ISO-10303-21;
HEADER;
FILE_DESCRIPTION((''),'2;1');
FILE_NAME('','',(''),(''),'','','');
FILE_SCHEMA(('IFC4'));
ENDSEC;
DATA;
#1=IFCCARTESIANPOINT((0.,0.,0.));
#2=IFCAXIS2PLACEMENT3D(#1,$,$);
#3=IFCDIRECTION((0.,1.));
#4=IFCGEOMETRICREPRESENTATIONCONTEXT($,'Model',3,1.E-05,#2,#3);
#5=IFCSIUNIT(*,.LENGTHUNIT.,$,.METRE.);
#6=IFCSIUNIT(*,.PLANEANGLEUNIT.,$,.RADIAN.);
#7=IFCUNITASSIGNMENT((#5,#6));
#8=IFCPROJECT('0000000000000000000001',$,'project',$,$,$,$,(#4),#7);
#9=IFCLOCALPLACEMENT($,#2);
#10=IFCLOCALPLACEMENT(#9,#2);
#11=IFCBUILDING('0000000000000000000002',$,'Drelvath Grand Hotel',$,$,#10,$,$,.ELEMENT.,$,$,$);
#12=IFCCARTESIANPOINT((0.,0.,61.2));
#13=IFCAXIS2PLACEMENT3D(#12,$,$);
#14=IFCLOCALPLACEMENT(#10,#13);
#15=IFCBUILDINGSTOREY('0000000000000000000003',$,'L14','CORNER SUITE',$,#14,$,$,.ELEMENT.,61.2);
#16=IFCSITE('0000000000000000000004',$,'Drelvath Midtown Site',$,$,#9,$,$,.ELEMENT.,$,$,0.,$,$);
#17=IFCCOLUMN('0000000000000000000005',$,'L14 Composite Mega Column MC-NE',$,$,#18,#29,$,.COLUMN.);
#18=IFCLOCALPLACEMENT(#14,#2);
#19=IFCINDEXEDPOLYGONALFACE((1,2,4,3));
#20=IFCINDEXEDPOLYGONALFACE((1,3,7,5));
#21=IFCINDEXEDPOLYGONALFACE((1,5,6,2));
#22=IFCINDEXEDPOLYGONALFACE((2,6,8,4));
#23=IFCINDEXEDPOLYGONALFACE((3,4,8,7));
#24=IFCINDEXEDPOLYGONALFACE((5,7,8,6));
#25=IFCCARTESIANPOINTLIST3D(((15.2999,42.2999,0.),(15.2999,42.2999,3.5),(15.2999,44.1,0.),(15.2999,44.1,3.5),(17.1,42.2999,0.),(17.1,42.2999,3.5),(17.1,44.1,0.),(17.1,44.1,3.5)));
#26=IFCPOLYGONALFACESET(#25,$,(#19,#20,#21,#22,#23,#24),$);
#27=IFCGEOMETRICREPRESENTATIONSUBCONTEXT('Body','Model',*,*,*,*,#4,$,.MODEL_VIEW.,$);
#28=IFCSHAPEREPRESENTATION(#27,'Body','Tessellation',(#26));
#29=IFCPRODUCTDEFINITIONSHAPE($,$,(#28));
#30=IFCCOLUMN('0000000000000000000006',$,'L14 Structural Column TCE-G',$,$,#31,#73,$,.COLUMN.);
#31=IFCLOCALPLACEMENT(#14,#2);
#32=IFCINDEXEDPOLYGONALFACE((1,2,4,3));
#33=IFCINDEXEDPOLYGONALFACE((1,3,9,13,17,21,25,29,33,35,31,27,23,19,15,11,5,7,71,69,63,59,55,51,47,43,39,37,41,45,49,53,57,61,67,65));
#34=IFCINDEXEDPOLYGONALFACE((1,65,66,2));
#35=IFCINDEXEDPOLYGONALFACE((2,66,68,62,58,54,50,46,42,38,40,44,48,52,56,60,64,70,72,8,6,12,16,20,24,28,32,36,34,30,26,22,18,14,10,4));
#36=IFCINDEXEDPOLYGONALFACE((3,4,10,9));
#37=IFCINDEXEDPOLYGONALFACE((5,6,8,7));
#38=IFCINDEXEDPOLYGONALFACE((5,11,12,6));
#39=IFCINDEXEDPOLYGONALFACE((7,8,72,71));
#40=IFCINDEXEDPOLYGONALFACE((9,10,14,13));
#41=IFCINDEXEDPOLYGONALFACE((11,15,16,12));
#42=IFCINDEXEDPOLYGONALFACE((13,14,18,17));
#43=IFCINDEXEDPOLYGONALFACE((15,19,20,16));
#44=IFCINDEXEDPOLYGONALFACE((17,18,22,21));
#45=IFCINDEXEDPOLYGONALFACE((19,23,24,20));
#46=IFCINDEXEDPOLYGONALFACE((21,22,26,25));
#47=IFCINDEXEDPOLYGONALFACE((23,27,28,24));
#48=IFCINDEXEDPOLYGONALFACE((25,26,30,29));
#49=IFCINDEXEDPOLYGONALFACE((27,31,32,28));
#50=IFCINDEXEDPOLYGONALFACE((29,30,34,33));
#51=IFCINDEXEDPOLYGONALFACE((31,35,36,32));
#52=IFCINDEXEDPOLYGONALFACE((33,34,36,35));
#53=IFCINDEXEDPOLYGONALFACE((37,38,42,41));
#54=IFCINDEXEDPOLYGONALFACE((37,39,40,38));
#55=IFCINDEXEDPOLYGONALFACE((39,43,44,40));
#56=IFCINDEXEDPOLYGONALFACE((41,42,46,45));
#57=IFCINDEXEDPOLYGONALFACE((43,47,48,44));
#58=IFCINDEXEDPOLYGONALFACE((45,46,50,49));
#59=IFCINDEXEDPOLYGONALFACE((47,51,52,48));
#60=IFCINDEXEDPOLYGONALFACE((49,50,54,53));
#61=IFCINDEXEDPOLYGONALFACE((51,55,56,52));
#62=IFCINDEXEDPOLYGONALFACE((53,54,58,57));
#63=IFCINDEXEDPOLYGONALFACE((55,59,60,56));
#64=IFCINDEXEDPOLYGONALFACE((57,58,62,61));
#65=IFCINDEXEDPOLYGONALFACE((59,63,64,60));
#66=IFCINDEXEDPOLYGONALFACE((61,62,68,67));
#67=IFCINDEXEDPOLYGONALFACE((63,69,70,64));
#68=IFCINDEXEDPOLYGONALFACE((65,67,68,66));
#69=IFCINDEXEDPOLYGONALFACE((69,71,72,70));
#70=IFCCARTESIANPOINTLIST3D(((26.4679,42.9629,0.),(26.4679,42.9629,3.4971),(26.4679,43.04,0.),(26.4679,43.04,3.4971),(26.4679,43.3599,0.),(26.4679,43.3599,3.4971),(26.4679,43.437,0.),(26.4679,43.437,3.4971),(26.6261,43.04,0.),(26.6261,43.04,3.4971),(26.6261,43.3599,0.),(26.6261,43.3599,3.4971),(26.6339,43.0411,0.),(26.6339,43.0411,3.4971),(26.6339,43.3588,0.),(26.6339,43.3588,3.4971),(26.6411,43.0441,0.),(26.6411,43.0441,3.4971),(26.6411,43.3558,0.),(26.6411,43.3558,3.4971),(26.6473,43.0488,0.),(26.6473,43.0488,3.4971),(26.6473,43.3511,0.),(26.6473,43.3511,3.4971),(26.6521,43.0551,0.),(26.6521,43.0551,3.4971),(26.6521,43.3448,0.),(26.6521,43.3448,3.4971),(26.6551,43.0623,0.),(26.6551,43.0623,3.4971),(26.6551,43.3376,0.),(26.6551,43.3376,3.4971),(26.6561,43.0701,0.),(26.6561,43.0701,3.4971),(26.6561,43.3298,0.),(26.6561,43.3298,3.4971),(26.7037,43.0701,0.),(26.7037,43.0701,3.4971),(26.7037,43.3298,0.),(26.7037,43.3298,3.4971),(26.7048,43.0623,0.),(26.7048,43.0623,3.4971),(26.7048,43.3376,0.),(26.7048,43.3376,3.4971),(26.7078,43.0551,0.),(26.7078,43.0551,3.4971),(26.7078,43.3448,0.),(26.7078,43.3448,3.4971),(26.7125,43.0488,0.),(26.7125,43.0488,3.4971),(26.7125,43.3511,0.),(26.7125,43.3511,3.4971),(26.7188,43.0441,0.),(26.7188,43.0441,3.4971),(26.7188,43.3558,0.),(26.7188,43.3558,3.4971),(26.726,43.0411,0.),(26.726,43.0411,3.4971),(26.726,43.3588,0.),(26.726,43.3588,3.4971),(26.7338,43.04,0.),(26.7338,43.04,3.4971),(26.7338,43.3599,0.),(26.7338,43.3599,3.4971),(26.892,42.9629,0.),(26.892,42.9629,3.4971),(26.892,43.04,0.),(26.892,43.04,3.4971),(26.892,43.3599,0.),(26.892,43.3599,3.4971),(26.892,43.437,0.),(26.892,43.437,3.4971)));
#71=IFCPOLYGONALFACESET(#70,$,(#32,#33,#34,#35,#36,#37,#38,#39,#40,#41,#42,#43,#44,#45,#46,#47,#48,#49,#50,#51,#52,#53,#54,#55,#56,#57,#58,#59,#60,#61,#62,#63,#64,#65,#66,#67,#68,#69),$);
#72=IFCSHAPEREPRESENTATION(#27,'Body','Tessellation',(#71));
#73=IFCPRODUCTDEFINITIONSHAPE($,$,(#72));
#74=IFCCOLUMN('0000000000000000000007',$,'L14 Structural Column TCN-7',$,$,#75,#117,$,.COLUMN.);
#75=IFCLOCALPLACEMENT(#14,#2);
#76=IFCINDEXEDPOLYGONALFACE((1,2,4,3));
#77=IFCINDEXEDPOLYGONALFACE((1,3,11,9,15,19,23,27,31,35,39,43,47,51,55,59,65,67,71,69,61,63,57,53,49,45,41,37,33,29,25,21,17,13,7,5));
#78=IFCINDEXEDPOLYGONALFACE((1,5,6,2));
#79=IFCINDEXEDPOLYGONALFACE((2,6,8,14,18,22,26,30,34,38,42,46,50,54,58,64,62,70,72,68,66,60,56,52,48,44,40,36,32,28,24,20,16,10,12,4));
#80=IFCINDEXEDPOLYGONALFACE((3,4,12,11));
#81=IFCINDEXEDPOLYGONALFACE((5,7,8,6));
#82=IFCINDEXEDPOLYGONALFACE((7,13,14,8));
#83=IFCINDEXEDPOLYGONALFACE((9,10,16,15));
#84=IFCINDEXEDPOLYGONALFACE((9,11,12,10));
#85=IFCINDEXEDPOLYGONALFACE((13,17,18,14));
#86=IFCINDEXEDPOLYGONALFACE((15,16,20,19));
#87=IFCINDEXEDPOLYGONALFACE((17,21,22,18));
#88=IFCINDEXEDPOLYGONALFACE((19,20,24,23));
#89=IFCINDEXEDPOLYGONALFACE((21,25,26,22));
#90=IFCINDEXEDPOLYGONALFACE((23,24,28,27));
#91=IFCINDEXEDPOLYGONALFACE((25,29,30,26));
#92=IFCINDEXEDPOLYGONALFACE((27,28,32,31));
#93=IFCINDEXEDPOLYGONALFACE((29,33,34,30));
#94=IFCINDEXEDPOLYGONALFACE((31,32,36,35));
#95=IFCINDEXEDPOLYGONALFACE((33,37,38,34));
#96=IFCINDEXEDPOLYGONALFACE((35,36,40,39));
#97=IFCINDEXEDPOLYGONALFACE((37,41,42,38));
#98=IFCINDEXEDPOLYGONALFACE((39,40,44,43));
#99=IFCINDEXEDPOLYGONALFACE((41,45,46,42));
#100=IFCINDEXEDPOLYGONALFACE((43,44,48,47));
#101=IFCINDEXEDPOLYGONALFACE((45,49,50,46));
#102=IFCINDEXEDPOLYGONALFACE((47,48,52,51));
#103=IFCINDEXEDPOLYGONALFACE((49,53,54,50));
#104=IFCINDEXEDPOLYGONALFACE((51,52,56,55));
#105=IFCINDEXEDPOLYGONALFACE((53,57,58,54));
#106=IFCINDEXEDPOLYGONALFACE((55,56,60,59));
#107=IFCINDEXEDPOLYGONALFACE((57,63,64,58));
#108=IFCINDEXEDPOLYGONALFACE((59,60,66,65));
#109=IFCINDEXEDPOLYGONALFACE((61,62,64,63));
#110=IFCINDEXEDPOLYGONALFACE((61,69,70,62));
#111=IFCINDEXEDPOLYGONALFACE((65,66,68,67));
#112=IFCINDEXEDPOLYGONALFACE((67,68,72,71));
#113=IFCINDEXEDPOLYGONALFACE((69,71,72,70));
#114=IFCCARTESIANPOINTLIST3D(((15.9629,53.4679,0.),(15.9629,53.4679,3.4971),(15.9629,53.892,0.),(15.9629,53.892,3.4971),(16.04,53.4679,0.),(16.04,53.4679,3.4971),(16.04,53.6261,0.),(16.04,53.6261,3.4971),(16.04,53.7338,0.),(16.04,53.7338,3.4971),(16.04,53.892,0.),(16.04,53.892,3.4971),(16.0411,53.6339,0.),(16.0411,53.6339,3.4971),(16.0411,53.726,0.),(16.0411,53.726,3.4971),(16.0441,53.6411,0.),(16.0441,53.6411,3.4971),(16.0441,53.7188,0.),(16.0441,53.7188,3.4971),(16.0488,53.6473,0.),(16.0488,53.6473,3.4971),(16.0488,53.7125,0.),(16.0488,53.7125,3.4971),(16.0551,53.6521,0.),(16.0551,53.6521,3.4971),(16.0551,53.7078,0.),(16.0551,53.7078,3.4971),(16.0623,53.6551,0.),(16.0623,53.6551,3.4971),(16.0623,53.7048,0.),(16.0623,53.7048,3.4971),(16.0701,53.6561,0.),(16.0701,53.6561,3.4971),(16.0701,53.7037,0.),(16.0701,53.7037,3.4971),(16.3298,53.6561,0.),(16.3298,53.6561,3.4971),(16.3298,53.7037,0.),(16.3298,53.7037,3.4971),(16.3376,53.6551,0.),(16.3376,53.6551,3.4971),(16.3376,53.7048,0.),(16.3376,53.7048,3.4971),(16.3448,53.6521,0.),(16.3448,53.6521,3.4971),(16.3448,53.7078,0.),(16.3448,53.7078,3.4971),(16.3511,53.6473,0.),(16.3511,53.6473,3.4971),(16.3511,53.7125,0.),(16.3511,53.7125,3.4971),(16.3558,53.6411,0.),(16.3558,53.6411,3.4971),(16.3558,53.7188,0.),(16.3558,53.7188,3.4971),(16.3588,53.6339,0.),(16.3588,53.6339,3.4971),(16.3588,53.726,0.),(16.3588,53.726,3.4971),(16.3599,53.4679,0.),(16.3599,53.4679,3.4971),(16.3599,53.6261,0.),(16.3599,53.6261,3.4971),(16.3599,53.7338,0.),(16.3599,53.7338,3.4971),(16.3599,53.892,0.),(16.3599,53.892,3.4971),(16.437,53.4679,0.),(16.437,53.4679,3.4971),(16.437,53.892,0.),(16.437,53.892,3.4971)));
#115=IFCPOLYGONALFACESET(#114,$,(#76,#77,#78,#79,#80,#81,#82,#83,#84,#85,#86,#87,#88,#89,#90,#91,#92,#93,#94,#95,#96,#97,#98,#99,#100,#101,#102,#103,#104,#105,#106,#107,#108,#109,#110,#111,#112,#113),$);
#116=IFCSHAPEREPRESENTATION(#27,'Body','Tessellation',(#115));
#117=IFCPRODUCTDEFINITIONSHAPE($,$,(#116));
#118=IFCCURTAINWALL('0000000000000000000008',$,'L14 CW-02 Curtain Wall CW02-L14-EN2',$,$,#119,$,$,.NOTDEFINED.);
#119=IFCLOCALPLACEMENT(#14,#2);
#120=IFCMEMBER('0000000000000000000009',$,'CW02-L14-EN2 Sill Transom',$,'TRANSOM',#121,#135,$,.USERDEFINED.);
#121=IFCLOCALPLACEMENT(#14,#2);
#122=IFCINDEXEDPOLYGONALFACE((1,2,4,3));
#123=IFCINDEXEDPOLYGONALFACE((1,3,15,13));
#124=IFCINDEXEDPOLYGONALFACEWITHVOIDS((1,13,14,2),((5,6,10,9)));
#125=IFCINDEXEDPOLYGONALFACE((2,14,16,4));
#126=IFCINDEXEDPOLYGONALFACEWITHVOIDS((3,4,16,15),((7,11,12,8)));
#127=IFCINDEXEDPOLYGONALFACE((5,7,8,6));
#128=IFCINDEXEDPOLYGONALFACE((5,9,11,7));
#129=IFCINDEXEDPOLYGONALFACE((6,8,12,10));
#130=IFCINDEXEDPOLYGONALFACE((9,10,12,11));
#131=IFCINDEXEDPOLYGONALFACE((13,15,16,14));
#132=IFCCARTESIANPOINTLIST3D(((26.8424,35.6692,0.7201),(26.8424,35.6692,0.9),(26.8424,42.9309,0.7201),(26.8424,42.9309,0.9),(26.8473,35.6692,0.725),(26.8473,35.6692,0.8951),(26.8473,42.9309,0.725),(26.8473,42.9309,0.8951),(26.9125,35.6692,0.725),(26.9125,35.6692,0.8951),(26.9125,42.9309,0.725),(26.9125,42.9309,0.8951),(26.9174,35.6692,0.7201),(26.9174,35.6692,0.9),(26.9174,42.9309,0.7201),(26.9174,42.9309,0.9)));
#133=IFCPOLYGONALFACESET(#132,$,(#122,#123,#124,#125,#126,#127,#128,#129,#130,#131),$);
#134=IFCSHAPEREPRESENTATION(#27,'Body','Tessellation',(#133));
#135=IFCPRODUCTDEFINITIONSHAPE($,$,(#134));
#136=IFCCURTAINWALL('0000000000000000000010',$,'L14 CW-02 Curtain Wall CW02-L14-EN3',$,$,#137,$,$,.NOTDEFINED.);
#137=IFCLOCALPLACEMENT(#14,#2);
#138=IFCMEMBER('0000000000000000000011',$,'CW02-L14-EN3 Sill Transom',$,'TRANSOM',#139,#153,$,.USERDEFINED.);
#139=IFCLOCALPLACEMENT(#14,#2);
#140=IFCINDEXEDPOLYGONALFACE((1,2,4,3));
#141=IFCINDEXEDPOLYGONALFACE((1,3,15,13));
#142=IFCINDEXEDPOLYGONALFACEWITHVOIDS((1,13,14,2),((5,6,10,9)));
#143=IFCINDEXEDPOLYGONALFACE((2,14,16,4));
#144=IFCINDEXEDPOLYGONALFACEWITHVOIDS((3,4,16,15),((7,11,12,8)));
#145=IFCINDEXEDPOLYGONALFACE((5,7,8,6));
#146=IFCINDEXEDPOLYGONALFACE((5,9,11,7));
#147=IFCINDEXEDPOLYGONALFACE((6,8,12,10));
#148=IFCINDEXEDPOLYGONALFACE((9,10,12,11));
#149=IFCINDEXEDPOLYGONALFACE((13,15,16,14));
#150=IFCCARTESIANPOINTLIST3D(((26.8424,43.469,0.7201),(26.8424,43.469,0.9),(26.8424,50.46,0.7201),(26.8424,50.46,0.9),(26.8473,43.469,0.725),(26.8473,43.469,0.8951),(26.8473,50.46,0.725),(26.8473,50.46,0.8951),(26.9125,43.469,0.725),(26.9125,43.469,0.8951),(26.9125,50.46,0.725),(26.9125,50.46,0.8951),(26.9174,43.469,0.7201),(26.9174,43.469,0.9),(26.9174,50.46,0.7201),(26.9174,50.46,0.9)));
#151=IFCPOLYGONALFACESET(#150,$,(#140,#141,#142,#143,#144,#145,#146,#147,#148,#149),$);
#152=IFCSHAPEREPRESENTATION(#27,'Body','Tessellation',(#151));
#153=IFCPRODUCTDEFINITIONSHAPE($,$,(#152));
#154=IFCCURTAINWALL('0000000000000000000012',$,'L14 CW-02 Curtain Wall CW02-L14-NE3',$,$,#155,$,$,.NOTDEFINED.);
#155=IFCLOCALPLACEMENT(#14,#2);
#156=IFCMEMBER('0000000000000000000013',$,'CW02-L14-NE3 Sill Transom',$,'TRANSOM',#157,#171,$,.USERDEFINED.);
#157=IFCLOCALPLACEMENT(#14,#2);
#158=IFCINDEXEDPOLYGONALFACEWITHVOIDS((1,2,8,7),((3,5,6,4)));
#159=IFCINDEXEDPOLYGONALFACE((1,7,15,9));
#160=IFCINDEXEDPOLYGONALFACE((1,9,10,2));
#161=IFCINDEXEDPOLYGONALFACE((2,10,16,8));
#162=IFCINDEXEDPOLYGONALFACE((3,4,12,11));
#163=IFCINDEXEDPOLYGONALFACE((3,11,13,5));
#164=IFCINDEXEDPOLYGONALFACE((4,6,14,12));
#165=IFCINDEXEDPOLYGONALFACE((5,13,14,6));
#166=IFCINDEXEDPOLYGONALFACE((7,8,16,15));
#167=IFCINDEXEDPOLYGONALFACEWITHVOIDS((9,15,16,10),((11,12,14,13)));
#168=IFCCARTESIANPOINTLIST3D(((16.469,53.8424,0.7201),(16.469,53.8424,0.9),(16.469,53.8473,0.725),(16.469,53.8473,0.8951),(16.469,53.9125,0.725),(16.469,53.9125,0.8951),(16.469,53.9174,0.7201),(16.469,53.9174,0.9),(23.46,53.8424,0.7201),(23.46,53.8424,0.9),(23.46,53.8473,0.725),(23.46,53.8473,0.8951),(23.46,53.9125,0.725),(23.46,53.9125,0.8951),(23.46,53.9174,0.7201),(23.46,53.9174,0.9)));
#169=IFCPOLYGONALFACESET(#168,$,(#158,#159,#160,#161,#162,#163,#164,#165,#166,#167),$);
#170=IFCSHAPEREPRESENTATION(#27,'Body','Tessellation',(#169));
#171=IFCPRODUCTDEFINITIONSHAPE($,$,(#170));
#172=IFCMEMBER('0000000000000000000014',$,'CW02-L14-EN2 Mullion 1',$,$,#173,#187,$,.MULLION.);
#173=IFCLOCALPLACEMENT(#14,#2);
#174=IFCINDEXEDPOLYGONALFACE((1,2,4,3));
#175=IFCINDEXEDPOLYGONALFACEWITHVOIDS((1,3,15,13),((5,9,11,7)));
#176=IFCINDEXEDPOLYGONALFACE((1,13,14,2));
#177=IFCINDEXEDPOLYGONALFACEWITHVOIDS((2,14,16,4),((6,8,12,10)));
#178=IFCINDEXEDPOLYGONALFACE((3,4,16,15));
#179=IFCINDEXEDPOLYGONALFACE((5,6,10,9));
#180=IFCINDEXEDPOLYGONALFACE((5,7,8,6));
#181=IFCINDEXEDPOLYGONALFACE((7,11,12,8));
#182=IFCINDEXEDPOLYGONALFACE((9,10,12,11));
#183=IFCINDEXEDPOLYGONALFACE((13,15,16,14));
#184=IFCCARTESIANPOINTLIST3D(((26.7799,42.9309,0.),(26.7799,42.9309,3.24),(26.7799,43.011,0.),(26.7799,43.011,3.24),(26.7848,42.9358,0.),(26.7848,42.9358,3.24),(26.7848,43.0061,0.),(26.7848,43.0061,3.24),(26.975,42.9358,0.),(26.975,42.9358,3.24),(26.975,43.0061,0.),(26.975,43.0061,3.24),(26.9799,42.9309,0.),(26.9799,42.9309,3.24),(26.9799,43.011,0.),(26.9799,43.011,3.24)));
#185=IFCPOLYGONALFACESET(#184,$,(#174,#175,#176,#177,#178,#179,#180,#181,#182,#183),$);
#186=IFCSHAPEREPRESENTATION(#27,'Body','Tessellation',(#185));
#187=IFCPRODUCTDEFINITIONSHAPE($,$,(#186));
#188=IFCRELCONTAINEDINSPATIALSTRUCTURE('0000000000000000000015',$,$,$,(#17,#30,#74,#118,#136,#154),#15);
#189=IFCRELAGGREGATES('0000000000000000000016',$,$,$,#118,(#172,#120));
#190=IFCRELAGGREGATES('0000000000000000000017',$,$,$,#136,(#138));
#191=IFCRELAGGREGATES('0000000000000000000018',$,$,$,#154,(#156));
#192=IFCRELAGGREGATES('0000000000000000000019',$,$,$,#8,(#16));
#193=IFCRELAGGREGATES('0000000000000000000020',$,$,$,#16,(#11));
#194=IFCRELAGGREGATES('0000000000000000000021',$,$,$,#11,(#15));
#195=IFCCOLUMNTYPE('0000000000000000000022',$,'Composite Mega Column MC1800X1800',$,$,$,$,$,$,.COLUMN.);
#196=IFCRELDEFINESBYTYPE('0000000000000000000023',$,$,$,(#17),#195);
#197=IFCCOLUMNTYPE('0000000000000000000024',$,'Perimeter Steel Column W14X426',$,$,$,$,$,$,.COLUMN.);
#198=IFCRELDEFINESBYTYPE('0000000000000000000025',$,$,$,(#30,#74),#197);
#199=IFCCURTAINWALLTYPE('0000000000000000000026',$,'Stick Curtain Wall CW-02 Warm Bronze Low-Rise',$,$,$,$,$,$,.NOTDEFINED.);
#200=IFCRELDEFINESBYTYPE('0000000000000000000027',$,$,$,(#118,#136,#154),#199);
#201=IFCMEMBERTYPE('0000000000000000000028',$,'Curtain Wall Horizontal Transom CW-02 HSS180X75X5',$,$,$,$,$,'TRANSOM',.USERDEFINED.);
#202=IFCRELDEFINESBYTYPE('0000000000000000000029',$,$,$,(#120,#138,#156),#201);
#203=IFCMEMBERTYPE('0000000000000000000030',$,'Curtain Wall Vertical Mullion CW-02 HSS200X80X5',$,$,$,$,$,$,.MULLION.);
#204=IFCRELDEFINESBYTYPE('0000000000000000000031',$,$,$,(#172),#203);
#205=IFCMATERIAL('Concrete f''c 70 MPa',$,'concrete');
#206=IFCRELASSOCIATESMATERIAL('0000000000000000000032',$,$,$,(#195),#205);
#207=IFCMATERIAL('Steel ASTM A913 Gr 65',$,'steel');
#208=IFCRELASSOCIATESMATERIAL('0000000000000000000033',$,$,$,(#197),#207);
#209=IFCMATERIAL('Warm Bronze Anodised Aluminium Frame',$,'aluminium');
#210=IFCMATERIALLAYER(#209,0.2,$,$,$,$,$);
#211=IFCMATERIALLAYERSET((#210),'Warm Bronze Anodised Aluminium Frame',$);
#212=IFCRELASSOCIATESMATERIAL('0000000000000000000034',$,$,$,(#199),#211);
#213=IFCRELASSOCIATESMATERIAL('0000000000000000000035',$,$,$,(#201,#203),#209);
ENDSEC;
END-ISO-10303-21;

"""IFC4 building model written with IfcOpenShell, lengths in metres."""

from ifc_helpers import new_model, si_unit, direction, frame, origin, origin_2d, place, context, subcontext, project, spatial, rectangle, hollow_rectangle, i_section, extrude, material, layer, layer_set, material_profile, profile_set, type_object, element, aggregate, save


model = new_model("IFC4")

# Units and contexts
model_context = context("Model", 3, precision=1e-05, world=origin(), true_north=direction((0.0, 1.0)))
body_context = subcontext(model_context, "Body", "Model", "MODEL_VIEW")
ifc_project = project(units=[si_unit("LENGTHUNIT", "METRE"), si_unit("PLANEANGLEUNIT", "RADIAN")], contexts=[model_context])

# Site, building, storey
site_placement = place(None, origin())
site = spatial("IfcSite", under=ifc_project, at=site_placement, Name="Drelvath Midtown Site", CompositionType="ELEMENT", RefElevation=0.0)
building_placement = place(site_placement, origin())
building = spatial("IfcBuilding", under=site, at=building_placement, Name="Drelvath Grand Hotel", CompositionType="ELEMENT")
storey_placement = place(building_placement, frame((0.0, 0.0, 61.2)))
storey = spatial("IfcBuildingStorey", under=building, at=storey_placement, Name="L14", Description="CORNER SUITE", CompositionType="ELEMENT", Elevation=61.2)

# Columns
ifc_material_1 = material(Name="Concrete f'c 70 MPa", Category="concrete")
ifc_material_profile_1 = material_profile(ifc_material_1, rectangle(XDim=1.8, YDim=1.8, at=origin_2d()), Name="MC1800X1800")
ifc_profile_set_1 = profile_set([ifc_material_profile_1], Name="Concrete f'c 70 MPa")
column_type_1 = type_object("IfcColumnType", Name="Composite Mega Column MC1800X1800", PredefinedType="COLUMN", material=ifc_profile_set_1)
column_placement = place(storey_placement, frame((16.2, 43.2, 0.0), z_axis=(0.0, 0.0, 1.0), x_axis=(1.0, 0.0, 0.0)))
element("IfcColumn", 1, at=column_placement, inside=storey, type_object=column_type_1, Name="L14 Composite Mega Column MC-NE", PredefinedType="COLUMN", context=body_context, shape_type="SweptSolid", body=[
    extrude(rectangle(XDim=1.8, YDim=1.8, at=origin_2d()), origin(), (0.0, 0.0, 1.0), 3.5),
])
ifc_material_2 = material(Name="Steel ASTM A913 Gr 65", Category="steel")
ifc_material_profile_2 = material_profile(ifc_material_2, i_section(OverallWidth=0.4241, OverallDepth=0.4741, WebThickness=0.0476, FlangeThickness=0.0771, FilletRadius=0.03, at=origin_2d()), Name="W14X426")
ifc_profile_set_2 = profile_set([ifc_material_profile_2], Name="Steel ASTM A913 Gr 65")
column_type_2 = type_object("IfcColumnType", Name="Perimeter Steel Column W14X426", PredefinedType="COLUMN", material=ifc_profile_set_2)
for number, where, z_axis, x_axis, name in (
    (2, (26.6799, 43.2, 0.0), (0.0, 0.0, 1.0), (1.0, 0.0, 0.0), "L14 Structural Column TCE-G"),
    (3, (16.2, 53.6799, 0.0), (0.0, 0.0, 1.0), (0.0, 1.0, 0.0), "L14 Structural Column TCN-7"),
):
    element("IfcColumn", number, at=place(storey_placement, frame(where, z_axis=z_axis, x_axis=x_axis)), inside=storey, type_object=column_type_2, Name=name, PredefinedType="COLUMN", context=body_context, shape_type="SweptSolid", body=[
        extrude(i_section(OverallWidth=0.4241, OverallDepth=0.4741, WebThickness=0.0476, FlangeThickness=0.0771, FilletRadius=0.03, at=origin_2d()), origin(), (0.0, 0.0, 1.0), 3.4971),
    ])

# Curtain walls, members
ifc_material_3 = material(Name="Warm Bronze Anodised Aluminium Frame", Category="aluminium")
ifc_layer_1 = layer(ifc_material_3, 0.2)
ifc_layer_set_1 = layer_set([ifc_layer_1], Name="Warm Bronze Anodised Aluminium Frame")
curtain_wall_type = type_object("IfcCurtainWallType", Name="Stick Curtain Wall CW-02 Warm Bronze Low-Rise", PredefinedType="NOTDEFINED", material=ifc_layer_set_1)
curtain_wall_1_placement = place(storey_placement, origin())
curtain_wall_1 = element("IfcCurtainWall", 4, at=curtain_wall_1_placement, inside=storey, type_object=curtain_wall_type, Name="L14 CW-02 Curtain Wall CW02-L14-EN2", PredefinedType="NOTDEFINED")
ifc_material_profile_3 = material_profile(ifc_material_3, hollow_rectangle(XDim=0.075, YDim=0.1799, WallThickness=0.0049, at=origin_2d()), Name="HSS180X75X5")
ifc_profile_set_3 = profile_set([ifc_material_profile_3], Name="Warm Bronze Anodised Aluminium Frame")
member_type_1 = type_object("IfcMemberType", Name="Curtain Wall Horizontal Transom CW-02 HSS180X75X5", ElementType="TRANSOM", PredefinedType="USERDEFINED", material=ifc_profile_set_3)
member_1_placement = place(storey_placement, frame((26.8799, 42.9309, 0.8101), z_axis=(0.0, -1.0, 0.0), x_axis=(1.0, 0.0, 0.0)))
member_1 = element("IfcMember", 5, at=member_1_placement, type_object=member_type_1, Name="CW02-L14-EN2 Sill Transom", ObjectType="TRANSOM", PredefinedType="USERDEFINED", context=body_context, shape_type="SweptSolid", body=[
    extrude(hollow_rectangle(XDim=0.075, YDim=0.1799, WallThickness=0.0049, at=origin_2d()), origin(), (0.0, 0.0, 1.0), 7.2617),
])
curtain_wall_2_placement = place(storey_placement, origin())
curtain_wall_2 = element("IfcCurtainWall", 6, at=curtain_wall_2_placement, inside=storey, type_object=curtain_wall_type, Name="L14 CW-02 Curtain Wall CW02-L14-EN3", PredefinedType="NOTDEFINED")
member_2_placement = place(storey_placement, frame((26.8799, 50.46, 0.8101), z_axis=(0.0, -1.0, 0.0), x_axis=(1.0, 0.0, 0.0)))
member_2 = element("IfcMember", 7, at=member_2_placement, type_object=member_type_1, Name="CW02-L14-EN3 Sill Transom", ObjectType="TRANSOM", PredefinedType="USERDEFINED", context=body_context, shape_type="SweptSolid", body=[
    extrude(hollow_rectangle(XDim=0.075, YDim=0.1799, WallThickness=0.0049, at=origin_2d()), origin(), (0.0, 0.0, 1.0), 6.991),
])
curtain_wall_3_placement = place(storey_placement, origin())
curtain_wall_3 = element("IfcCurtainWall", 8, at=curtain_wall_3_placement, inside=storey, type_object=curtain_wall_type, Name="L14 CW-02 Curtain Wall CW02-L14-NE3", PredefinedType="NOTDEFINED")
member_3_placement = place(storey_placement, frame((16.469, 53.8799, 0.8101), z_axis=(1.0, 0.0, 0.0), x_axis=(0.0, 1.0, 0.0)))
member_3 = element("IfcMember", 9, at=member_3_placement, type_object=member_type_1, Name="CW02-L14-NE3 Sill Transom", ObjectType="TRANSOM", PredefinedType="USERDEFINED", context=body_context, shape_type="SweptSolid", body=[
    extrude(hollow_rectangle(XDim=0.075, YDim=0.1799, WallThickness=0.0049, at=origin_2d()), origin(), (0.0, 0.0, 1.0), 6.991),
])

# Member
ifc_material_profile_4 = material_profile(ifc_material_3, hollow_rectangle(XDim=0.0801, YDim=0.2, WallThickness=0.0049, at=origin_2d()), Name="HSS200X80X5")
ifc_profile_set_4 = profile_set([ifc_material_profile_4], Name="Warm Bronze Anodised Aluminium Frame")
member_type_2 = type_object("IfcMemberType", Name="Curtain Wall Vertical Mullion CW-02 HSS200X80X5", PredefinedType="MULLION", material=ifc_profile_set_4)
member_4_placement = place(storey_placement, frame((26.8799, 42.9709, 0.0), z_axis=(0.0, 0.0, 1.0), x_axis=(0.0, 1.0, 0.0)))
member_4 = element("IfcMember", 10, at=member_4_placement, type_object=member_type_2, Name="CW02-L14-EN2 Mullion 1", PredefinedType="MULLION", context=body_context, shape_type="SweptSolid", body=[
    extrude(hollow_rectangle(XDim=0.0801, YDim=0.2, WallThickness=0.0049, at=origin_2d()), origin(), (0.0, 0.0, 1.0), 3.24),
])

aggregate(curtain_wall_1, [member_4, member_1])
aggregate(curtain_wall_2, [member_2])
aggregate(curtain_wall_3, [member_3])

save(model, "model.ifc")
